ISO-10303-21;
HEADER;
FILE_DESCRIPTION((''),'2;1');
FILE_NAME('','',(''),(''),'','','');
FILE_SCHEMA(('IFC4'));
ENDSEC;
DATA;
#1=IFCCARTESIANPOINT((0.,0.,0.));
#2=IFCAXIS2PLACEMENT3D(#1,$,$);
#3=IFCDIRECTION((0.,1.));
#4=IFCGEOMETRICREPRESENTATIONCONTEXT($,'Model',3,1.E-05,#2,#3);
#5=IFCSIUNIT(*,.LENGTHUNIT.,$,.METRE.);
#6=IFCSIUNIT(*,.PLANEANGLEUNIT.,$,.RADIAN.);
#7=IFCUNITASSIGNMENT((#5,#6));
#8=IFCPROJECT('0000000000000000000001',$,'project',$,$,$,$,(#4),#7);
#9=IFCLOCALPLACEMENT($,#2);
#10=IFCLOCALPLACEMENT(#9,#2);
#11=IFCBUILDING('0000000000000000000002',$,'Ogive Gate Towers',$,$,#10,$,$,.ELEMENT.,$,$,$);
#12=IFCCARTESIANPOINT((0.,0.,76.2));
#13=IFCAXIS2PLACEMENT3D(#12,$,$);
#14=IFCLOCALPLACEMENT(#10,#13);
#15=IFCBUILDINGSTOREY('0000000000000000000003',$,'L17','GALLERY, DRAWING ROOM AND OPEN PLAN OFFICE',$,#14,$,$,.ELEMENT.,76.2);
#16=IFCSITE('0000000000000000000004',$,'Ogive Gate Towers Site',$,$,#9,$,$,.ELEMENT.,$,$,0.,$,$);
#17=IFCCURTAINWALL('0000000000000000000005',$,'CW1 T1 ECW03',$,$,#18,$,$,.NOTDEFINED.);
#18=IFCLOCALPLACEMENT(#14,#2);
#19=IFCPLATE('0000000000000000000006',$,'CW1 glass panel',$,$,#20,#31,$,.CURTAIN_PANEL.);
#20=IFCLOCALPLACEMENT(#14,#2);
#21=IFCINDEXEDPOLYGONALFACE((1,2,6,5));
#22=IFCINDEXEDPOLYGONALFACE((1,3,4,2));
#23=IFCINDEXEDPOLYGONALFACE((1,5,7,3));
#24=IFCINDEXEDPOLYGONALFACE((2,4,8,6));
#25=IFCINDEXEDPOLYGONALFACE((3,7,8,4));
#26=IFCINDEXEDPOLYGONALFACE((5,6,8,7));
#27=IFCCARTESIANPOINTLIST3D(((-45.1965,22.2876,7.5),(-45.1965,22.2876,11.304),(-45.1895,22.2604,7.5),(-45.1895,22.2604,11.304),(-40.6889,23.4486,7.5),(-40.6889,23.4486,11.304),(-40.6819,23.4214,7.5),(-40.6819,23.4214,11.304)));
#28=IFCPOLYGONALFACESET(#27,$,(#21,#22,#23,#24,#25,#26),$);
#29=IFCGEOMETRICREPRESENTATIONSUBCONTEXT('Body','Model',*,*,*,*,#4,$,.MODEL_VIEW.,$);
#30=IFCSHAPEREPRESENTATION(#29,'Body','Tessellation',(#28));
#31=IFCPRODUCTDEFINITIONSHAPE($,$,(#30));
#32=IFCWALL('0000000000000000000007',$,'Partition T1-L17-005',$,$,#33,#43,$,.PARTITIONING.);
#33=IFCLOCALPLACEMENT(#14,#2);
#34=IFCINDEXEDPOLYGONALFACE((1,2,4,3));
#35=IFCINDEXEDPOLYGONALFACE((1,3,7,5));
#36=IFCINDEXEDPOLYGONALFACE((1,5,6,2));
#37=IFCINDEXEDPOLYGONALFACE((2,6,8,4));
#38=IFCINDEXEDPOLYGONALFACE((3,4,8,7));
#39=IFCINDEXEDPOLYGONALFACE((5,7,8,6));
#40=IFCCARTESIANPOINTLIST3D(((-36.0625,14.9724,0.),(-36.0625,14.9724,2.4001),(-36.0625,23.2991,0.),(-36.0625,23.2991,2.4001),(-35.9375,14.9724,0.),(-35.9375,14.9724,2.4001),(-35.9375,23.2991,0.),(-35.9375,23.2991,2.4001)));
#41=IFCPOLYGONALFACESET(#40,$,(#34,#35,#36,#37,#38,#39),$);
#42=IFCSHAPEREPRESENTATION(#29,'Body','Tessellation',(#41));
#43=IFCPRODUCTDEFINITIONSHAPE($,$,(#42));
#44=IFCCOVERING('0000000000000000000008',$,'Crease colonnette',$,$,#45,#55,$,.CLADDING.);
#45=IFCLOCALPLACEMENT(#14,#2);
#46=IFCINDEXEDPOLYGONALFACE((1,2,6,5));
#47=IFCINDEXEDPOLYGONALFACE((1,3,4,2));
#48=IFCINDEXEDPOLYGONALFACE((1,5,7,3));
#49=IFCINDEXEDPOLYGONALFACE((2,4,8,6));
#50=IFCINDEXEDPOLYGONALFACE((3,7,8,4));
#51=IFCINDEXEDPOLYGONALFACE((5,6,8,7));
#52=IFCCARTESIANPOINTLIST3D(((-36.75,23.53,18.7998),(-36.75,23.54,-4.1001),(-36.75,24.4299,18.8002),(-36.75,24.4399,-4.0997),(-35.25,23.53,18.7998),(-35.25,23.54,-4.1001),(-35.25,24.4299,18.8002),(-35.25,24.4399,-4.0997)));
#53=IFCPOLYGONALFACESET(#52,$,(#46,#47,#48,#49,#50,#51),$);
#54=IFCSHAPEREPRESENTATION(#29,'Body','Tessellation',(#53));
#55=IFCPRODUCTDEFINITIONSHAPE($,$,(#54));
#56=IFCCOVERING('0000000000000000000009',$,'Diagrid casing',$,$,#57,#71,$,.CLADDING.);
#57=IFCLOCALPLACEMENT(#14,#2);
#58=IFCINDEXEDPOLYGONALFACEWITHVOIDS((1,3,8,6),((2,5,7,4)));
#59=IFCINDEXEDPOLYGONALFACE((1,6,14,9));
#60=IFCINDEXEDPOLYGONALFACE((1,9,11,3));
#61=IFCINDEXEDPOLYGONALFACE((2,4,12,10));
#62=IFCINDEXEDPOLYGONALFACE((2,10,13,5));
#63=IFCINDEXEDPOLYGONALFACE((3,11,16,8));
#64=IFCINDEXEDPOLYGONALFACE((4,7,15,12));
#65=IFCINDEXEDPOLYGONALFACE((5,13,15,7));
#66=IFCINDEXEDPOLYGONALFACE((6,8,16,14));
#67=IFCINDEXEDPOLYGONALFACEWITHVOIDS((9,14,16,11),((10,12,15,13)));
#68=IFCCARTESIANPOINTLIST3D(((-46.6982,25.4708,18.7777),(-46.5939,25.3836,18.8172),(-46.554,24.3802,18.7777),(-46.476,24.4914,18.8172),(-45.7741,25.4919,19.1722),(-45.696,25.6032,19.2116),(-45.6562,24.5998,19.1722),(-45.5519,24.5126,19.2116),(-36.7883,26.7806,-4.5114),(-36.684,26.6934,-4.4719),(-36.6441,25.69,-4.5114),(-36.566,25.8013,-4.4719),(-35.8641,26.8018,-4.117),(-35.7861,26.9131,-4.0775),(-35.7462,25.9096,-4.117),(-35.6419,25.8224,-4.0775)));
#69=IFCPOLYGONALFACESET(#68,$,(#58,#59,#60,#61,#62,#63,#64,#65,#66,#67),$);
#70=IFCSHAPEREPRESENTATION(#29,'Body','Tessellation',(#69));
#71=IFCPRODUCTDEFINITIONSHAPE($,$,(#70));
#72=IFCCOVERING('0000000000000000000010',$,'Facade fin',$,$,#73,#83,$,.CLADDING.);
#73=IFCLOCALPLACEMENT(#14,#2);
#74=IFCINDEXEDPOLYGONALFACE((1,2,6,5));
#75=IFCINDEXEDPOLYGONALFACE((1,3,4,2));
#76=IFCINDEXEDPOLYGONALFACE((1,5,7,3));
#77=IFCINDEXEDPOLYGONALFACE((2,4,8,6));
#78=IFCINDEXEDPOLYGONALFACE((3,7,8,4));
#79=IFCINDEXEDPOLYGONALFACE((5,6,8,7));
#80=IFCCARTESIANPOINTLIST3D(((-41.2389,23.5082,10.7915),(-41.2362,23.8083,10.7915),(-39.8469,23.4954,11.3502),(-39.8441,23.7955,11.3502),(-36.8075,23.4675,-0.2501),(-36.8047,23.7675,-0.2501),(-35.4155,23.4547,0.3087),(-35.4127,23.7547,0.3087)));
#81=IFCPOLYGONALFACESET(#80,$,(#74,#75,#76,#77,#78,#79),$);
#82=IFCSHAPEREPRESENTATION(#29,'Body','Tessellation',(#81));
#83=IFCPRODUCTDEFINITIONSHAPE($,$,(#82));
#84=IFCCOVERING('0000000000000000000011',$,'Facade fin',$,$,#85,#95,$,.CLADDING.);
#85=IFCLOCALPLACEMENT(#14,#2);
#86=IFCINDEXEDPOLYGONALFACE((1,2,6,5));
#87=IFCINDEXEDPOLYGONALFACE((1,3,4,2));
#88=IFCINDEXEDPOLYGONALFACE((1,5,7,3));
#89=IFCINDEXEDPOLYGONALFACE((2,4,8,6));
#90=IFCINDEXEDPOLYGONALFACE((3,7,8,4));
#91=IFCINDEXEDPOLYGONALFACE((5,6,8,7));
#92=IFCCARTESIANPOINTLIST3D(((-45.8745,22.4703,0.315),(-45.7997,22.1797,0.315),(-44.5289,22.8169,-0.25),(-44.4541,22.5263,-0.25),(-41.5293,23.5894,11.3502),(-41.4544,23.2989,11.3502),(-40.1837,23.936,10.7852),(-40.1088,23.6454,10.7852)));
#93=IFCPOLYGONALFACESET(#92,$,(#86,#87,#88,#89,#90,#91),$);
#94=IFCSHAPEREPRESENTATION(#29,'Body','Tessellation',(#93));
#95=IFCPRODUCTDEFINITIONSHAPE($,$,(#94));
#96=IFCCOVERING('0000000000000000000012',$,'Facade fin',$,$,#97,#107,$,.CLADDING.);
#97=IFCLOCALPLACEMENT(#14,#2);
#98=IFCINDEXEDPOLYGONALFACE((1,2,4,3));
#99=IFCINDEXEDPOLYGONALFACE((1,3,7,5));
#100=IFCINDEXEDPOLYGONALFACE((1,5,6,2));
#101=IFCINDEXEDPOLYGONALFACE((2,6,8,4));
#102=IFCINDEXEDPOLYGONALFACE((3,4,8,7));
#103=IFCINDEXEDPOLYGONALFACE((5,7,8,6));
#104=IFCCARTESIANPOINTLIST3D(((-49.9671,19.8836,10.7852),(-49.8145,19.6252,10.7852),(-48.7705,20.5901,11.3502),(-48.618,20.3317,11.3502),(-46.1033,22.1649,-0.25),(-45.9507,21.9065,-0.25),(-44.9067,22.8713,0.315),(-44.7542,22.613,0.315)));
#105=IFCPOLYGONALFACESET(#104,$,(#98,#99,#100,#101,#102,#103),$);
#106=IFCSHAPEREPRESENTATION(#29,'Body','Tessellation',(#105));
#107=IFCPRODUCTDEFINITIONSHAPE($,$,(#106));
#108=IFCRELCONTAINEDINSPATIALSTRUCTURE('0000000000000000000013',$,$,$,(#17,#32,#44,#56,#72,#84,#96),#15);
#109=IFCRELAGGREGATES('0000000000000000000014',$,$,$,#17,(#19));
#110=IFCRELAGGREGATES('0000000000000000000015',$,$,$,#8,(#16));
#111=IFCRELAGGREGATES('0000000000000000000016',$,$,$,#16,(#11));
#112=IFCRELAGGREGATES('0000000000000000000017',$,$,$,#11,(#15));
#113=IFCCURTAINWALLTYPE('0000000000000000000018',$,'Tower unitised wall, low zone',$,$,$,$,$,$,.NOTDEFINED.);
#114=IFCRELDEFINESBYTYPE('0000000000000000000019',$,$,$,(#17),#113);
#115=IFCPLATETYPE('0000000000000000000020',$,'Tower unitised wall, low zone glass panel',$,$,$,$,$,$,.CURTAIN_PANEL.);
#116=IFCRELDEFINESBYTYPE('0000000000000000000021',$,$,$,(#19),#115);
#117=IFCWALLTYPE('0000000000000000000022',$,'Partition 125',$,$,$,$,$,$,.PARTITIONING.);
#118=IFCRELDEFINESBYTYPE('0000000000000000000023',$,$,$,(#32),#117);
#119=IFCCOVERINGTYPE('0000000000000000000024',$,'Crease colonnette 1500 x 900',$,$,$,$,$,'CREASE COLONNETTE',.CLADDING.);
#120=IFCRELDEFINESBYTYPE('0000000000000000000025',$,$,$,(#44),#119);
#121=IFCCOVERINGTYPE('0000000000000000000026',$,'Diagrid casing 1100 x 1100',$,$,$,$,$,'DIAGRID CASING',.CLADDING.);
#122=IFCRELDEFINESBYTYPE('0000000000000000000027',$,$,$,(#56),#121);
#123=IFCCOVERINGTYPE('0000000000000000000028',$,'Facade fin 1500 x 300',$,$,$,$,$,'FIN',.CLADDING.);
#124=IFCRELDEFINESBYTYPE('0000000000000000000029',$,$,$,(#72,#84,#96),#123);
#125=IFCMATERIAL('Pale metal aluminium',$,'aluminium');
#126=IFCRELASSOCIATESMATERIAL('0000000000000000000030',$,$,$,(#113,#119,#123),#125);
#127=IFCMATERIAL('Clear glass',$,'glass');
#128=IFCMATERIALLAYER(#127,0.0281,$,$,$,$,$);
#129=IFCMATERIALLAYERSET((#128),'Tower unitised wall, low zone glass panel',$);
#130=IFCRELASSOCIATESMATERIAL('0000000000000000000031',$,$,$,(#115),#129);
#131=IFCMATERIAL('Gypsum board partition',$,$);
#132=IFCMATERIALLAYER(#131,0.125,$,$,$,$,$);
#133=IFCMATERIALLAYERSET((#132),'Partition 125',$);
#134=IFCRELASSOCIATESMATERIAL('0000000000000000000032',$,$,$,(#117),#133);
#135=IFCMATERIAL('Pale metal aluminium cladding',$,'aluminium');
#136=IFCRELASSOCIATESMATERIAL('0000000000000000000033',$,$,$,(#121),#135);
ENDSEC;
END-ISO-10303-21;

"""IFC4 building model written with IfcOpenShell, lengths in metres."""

from ifc_helpers import new_model, si_unit, direction, frame, frame_2d, origin, origin_2d, place, context, subcontext, project, spatial, rectangle, hollow_rectangle, extrude, material, layer, layer_set, material_profile, profile_set, type_object, element, aggregate, save


model = new_model("IFC4")

# Units and contexts
model_context = context("Model", 3, precision=1e-05, world=origin(), true_north=direction((0.0, 1.0)))
body_context = subcontext(model_context, "Body", "Model", "MODEL_VIEW")
ifc_project = project(units=[si_unit("LENGTHUNIT", "METRE"), si_unit("PLANEANGLEUNIT", "RADIAN")], contexts=[model_context])

# Site, building, storey
site_placement = place(None, origin())
site = spatial("IfcSite", under=ifc_project, at=site_placement, Name="Ogive Gate Towers Site", CompositionType="ELEMENT", RefElevation=0.0)
building_placement = place(site_placement, origin())
building = spatial("IfcBuilding", under=site, at=building_placement, Name="Ogive Gate Towers", CompositionType="ELEMENT")
storey_placement = place(building_placement, frame((0.0, 0.0, 76.2)))
storey = spatial("IfcBuildingStorey", under=building, at=storey_placement, Name="L17", Description="GALLERY, DRAWING ROOM AND OPEN PLAN OFFICE", CompositionType="ELEMENT", Elevation=76.2)

# Curtain wall, plate
ifc_material_1 = material(Name="Pale metal aluminium", Category="aluminium")
curtain_wall_type = type_object("IfcCurtainWallType", Name="Tower unitised wall, low zone", PredefinedType="NOTDEFINED", material=ifc_material_1)
curtain_wall_placement = place(storey_placement, origin())
curtain_wall = element("IfcCurtainWall", 1, at=curtain_wall_placement, inside=storey, type_object=curtain_wall_type, Name="CW1 T1 ECW03", PredefinedType="NOTDEFINED")
ifc_material_2 = material(Name="Clear glass", Category="glass")
ifc_layer_1 = layer(ifc_material_2, 0.0281)
ifc_layer_set_1 = layer_set([ifc_layer_1], Name="Tower unitised wall, low zone glass panel")
plate_type = type_object("IfcPlateType", Name="Tower unitised wall, low zone glass panel", PredefinedType="CURTAIN_PANEL", material=ifc_layer_set_1)
plate_1_placement = place(storey_placement, frame((-42.9392, 22.8545, 7.5), z_axis=(0.0, 0.0, 1.0), x_axis=(-0.968396, -0.249417, 0.0)))
plate_1 = element("IfcPlate", 2, at=plate_1_placement, type_object=plate_type, Name="CW1 glass panel", PredefinedType="CURTAIN_PANEL", context=body_context, shape_type="SweptSolid", body=[
    extrude(rectangle(XDim=4.6548, YDim=0.0281, at=origin_2d()), origin(), (0.0, 0.0, 1.0), 3.804),
])
aggregate(curtain_wall, [plate_1])

# Wall
ifc_material_3 = material(Name="Gypsum board partition")
ifc_layer_2 = layer(ifc_material_3, 0.125)
ifc_layer_set_2 = layer_set([ifc_layer_2], Name="Partition 125")
wall_type = type_object("IfcWallType", Name="Partition 125", PredefinedType="PARTITIONING", material=ifc_layer_set_2)
wall_placement = place(storey_placement, frame((-36.0, 23.2991, 0.0), z_axis=(0.0, 0.0, 1.0), x_axis=(0.0, -1.0, 0.0)))
element("IfcWall", 3, at=wall_placement, inside=storey, type_object=wall_type, Name="Partition T1-L17-005", PredefinedType="PARTITIONING", context=body_context, shape_type="SweptSolid", body=[
    extrude(rectangle(XDim=8.3267, YDim=0.125, at=frame_2d((4.1633, 0.0))), origin(), (0.0, 0.0, 1.0), 2.4001),
])

# Coverings
ifc_material_profile_1 = material_profile(ifc_material_1, rectangle(XDim=1.5, YDim=0.8999, at=origin_2d()), Name="1500 x 900 pale metal aluminium")
ifc_profile_set_1 = profile_set([ifc_material_profile_1], Name="Pale metal aluminium")
covering_type_1 = type_object("IfcCoveringType", Name="Crease colonnette 1500 x 900", ElementType="CREASE COLONNETTE", PredefinedType="CLADDING", material=ifc_profile_set_1)
covering_1_placement = place(storey_placement, frame((-36.0, 23.99, -4.0999), z_axis=(0.0, -0.000437, 1.0), x_axis=(1.0, 0.0, 0.0)))
element("IfcCovering", 4, at=covering_1_placement, inside=storey, type_object=covering_type_1, Name="Crease colonnette", PredefinedType="CLADDING", context=body_context, shape_type="SweptSolid", body=[
    extrude(rectangle(XDim=1.5, YDim=0.8999, at=origin_2d()), origin(), (0.0, 0.0, 1.0), 22.8999),
])
ifc_material_4 = material(Name="Pale metal aluminium cladding", Category="aluminium")
ifc_material_profile_2 = material_profile(ifc_material_4, hollow_rectangle(XDim=1.1001, YDim=1.1001, WallThickness=0.1001, at=origin_2d()), Name="1100 x 1100 pale metal casing")
ifc_profile_set_2 = profile_set([ifc_material_profile_2], Name="Pale metal aluminium cladding")
covering_type_2 = type_object("IfcCoveringType", Name="Diagrid casing 1100 x 1100", ElementType="DIAGRID CASING", PredefinedType="CLADDING", material=ifc_profile_set_2)
covering_2_placement = place(storey_placement, frame((-36.2151, 26.3015, -4.2944), z_axis=(-0.391021, -0.051682, 0.91893), x_axis=(0.131033, -0.991378, 0.0)))
element("IfcCovering", 5, at=covering_2_placement, inside=storey, type_object=covering_type_2, Name="Diagrid casing", PredefinedType="CLADDING", context=body_context, shape_type="SweptSolid", body=[
    extrude(hollow_rectangle(XDim=1.1001, YDim=1.1001, WallThickness=0.1001, at=origin_2d()), origin(), (0.0, 0.0, 1.0), 25.3438),
])
ifc_material_profile_3 = material_profile(ifc_material_1, rectangle(XDim=0.3, YDim=1.5, at=origin_2d()), Name="1500 x 300 pale metal aluminium")
ifc_profile_set_3 = profile_set([ifc_material_profile_3], Name="Pale metal aluminium")
covering_type_3 = type_object("IfcCoveringType", Name="Facade fin 1500 x 300", ElementType="FIN", PredefinedType="CLADDING", material=ifc_profile_set_3)
covering_3_placement = place(storey_placement, frame((-36.1101, 23.6111, 0.0293), z_axis=(-0.37246, 0.003427, 0.928042), x_axis=(-0.0092, -0.999958, 0.0)))
element("IfcCovering", 6, at=covering_3_placement, inside=storey, type_object=covering_type_3, Name="Facade fin", PredefinedType="CLADDING", context=body_context, shape_type="SweptSolid", body=[
    extrude(rectangle(XDim=0.3, YDim=1.5, at=origin_2d()), origin(), (0.0, 0.0, 1.0), 11.8977),
])
for number, where, z_axis, x_axis, name in (
    (7, (-45.1643, 22.4983, 0.0325), (0.36476, 0.093947, 0.92635), (-0.249417, 0.968396, 0.0), "Facade fin"),
    (8, (-45.4287, 22.3889, 0.0325), (-0.324346, -0.191501, 0.926352), (0.508418, -0.861111, 0.0), "Facade fin"),
):
    element("IfcCovering", number, at=place(storey_placement, frame(where, z_axis=z_axis, x_axis=x_axis)), inside=storey, type_object=covering_type_3, Name=name, PredefinedType="CLADDING", context=body_context, shape_type="SweptSolid", body=[
        extrude(rectangle(XDim=0.3, YDim=1.5, at=origin_2d()), origin(), (0.0, 0.0, 1.0), 11.9126),
    ])

save(model, "model.ifc")
